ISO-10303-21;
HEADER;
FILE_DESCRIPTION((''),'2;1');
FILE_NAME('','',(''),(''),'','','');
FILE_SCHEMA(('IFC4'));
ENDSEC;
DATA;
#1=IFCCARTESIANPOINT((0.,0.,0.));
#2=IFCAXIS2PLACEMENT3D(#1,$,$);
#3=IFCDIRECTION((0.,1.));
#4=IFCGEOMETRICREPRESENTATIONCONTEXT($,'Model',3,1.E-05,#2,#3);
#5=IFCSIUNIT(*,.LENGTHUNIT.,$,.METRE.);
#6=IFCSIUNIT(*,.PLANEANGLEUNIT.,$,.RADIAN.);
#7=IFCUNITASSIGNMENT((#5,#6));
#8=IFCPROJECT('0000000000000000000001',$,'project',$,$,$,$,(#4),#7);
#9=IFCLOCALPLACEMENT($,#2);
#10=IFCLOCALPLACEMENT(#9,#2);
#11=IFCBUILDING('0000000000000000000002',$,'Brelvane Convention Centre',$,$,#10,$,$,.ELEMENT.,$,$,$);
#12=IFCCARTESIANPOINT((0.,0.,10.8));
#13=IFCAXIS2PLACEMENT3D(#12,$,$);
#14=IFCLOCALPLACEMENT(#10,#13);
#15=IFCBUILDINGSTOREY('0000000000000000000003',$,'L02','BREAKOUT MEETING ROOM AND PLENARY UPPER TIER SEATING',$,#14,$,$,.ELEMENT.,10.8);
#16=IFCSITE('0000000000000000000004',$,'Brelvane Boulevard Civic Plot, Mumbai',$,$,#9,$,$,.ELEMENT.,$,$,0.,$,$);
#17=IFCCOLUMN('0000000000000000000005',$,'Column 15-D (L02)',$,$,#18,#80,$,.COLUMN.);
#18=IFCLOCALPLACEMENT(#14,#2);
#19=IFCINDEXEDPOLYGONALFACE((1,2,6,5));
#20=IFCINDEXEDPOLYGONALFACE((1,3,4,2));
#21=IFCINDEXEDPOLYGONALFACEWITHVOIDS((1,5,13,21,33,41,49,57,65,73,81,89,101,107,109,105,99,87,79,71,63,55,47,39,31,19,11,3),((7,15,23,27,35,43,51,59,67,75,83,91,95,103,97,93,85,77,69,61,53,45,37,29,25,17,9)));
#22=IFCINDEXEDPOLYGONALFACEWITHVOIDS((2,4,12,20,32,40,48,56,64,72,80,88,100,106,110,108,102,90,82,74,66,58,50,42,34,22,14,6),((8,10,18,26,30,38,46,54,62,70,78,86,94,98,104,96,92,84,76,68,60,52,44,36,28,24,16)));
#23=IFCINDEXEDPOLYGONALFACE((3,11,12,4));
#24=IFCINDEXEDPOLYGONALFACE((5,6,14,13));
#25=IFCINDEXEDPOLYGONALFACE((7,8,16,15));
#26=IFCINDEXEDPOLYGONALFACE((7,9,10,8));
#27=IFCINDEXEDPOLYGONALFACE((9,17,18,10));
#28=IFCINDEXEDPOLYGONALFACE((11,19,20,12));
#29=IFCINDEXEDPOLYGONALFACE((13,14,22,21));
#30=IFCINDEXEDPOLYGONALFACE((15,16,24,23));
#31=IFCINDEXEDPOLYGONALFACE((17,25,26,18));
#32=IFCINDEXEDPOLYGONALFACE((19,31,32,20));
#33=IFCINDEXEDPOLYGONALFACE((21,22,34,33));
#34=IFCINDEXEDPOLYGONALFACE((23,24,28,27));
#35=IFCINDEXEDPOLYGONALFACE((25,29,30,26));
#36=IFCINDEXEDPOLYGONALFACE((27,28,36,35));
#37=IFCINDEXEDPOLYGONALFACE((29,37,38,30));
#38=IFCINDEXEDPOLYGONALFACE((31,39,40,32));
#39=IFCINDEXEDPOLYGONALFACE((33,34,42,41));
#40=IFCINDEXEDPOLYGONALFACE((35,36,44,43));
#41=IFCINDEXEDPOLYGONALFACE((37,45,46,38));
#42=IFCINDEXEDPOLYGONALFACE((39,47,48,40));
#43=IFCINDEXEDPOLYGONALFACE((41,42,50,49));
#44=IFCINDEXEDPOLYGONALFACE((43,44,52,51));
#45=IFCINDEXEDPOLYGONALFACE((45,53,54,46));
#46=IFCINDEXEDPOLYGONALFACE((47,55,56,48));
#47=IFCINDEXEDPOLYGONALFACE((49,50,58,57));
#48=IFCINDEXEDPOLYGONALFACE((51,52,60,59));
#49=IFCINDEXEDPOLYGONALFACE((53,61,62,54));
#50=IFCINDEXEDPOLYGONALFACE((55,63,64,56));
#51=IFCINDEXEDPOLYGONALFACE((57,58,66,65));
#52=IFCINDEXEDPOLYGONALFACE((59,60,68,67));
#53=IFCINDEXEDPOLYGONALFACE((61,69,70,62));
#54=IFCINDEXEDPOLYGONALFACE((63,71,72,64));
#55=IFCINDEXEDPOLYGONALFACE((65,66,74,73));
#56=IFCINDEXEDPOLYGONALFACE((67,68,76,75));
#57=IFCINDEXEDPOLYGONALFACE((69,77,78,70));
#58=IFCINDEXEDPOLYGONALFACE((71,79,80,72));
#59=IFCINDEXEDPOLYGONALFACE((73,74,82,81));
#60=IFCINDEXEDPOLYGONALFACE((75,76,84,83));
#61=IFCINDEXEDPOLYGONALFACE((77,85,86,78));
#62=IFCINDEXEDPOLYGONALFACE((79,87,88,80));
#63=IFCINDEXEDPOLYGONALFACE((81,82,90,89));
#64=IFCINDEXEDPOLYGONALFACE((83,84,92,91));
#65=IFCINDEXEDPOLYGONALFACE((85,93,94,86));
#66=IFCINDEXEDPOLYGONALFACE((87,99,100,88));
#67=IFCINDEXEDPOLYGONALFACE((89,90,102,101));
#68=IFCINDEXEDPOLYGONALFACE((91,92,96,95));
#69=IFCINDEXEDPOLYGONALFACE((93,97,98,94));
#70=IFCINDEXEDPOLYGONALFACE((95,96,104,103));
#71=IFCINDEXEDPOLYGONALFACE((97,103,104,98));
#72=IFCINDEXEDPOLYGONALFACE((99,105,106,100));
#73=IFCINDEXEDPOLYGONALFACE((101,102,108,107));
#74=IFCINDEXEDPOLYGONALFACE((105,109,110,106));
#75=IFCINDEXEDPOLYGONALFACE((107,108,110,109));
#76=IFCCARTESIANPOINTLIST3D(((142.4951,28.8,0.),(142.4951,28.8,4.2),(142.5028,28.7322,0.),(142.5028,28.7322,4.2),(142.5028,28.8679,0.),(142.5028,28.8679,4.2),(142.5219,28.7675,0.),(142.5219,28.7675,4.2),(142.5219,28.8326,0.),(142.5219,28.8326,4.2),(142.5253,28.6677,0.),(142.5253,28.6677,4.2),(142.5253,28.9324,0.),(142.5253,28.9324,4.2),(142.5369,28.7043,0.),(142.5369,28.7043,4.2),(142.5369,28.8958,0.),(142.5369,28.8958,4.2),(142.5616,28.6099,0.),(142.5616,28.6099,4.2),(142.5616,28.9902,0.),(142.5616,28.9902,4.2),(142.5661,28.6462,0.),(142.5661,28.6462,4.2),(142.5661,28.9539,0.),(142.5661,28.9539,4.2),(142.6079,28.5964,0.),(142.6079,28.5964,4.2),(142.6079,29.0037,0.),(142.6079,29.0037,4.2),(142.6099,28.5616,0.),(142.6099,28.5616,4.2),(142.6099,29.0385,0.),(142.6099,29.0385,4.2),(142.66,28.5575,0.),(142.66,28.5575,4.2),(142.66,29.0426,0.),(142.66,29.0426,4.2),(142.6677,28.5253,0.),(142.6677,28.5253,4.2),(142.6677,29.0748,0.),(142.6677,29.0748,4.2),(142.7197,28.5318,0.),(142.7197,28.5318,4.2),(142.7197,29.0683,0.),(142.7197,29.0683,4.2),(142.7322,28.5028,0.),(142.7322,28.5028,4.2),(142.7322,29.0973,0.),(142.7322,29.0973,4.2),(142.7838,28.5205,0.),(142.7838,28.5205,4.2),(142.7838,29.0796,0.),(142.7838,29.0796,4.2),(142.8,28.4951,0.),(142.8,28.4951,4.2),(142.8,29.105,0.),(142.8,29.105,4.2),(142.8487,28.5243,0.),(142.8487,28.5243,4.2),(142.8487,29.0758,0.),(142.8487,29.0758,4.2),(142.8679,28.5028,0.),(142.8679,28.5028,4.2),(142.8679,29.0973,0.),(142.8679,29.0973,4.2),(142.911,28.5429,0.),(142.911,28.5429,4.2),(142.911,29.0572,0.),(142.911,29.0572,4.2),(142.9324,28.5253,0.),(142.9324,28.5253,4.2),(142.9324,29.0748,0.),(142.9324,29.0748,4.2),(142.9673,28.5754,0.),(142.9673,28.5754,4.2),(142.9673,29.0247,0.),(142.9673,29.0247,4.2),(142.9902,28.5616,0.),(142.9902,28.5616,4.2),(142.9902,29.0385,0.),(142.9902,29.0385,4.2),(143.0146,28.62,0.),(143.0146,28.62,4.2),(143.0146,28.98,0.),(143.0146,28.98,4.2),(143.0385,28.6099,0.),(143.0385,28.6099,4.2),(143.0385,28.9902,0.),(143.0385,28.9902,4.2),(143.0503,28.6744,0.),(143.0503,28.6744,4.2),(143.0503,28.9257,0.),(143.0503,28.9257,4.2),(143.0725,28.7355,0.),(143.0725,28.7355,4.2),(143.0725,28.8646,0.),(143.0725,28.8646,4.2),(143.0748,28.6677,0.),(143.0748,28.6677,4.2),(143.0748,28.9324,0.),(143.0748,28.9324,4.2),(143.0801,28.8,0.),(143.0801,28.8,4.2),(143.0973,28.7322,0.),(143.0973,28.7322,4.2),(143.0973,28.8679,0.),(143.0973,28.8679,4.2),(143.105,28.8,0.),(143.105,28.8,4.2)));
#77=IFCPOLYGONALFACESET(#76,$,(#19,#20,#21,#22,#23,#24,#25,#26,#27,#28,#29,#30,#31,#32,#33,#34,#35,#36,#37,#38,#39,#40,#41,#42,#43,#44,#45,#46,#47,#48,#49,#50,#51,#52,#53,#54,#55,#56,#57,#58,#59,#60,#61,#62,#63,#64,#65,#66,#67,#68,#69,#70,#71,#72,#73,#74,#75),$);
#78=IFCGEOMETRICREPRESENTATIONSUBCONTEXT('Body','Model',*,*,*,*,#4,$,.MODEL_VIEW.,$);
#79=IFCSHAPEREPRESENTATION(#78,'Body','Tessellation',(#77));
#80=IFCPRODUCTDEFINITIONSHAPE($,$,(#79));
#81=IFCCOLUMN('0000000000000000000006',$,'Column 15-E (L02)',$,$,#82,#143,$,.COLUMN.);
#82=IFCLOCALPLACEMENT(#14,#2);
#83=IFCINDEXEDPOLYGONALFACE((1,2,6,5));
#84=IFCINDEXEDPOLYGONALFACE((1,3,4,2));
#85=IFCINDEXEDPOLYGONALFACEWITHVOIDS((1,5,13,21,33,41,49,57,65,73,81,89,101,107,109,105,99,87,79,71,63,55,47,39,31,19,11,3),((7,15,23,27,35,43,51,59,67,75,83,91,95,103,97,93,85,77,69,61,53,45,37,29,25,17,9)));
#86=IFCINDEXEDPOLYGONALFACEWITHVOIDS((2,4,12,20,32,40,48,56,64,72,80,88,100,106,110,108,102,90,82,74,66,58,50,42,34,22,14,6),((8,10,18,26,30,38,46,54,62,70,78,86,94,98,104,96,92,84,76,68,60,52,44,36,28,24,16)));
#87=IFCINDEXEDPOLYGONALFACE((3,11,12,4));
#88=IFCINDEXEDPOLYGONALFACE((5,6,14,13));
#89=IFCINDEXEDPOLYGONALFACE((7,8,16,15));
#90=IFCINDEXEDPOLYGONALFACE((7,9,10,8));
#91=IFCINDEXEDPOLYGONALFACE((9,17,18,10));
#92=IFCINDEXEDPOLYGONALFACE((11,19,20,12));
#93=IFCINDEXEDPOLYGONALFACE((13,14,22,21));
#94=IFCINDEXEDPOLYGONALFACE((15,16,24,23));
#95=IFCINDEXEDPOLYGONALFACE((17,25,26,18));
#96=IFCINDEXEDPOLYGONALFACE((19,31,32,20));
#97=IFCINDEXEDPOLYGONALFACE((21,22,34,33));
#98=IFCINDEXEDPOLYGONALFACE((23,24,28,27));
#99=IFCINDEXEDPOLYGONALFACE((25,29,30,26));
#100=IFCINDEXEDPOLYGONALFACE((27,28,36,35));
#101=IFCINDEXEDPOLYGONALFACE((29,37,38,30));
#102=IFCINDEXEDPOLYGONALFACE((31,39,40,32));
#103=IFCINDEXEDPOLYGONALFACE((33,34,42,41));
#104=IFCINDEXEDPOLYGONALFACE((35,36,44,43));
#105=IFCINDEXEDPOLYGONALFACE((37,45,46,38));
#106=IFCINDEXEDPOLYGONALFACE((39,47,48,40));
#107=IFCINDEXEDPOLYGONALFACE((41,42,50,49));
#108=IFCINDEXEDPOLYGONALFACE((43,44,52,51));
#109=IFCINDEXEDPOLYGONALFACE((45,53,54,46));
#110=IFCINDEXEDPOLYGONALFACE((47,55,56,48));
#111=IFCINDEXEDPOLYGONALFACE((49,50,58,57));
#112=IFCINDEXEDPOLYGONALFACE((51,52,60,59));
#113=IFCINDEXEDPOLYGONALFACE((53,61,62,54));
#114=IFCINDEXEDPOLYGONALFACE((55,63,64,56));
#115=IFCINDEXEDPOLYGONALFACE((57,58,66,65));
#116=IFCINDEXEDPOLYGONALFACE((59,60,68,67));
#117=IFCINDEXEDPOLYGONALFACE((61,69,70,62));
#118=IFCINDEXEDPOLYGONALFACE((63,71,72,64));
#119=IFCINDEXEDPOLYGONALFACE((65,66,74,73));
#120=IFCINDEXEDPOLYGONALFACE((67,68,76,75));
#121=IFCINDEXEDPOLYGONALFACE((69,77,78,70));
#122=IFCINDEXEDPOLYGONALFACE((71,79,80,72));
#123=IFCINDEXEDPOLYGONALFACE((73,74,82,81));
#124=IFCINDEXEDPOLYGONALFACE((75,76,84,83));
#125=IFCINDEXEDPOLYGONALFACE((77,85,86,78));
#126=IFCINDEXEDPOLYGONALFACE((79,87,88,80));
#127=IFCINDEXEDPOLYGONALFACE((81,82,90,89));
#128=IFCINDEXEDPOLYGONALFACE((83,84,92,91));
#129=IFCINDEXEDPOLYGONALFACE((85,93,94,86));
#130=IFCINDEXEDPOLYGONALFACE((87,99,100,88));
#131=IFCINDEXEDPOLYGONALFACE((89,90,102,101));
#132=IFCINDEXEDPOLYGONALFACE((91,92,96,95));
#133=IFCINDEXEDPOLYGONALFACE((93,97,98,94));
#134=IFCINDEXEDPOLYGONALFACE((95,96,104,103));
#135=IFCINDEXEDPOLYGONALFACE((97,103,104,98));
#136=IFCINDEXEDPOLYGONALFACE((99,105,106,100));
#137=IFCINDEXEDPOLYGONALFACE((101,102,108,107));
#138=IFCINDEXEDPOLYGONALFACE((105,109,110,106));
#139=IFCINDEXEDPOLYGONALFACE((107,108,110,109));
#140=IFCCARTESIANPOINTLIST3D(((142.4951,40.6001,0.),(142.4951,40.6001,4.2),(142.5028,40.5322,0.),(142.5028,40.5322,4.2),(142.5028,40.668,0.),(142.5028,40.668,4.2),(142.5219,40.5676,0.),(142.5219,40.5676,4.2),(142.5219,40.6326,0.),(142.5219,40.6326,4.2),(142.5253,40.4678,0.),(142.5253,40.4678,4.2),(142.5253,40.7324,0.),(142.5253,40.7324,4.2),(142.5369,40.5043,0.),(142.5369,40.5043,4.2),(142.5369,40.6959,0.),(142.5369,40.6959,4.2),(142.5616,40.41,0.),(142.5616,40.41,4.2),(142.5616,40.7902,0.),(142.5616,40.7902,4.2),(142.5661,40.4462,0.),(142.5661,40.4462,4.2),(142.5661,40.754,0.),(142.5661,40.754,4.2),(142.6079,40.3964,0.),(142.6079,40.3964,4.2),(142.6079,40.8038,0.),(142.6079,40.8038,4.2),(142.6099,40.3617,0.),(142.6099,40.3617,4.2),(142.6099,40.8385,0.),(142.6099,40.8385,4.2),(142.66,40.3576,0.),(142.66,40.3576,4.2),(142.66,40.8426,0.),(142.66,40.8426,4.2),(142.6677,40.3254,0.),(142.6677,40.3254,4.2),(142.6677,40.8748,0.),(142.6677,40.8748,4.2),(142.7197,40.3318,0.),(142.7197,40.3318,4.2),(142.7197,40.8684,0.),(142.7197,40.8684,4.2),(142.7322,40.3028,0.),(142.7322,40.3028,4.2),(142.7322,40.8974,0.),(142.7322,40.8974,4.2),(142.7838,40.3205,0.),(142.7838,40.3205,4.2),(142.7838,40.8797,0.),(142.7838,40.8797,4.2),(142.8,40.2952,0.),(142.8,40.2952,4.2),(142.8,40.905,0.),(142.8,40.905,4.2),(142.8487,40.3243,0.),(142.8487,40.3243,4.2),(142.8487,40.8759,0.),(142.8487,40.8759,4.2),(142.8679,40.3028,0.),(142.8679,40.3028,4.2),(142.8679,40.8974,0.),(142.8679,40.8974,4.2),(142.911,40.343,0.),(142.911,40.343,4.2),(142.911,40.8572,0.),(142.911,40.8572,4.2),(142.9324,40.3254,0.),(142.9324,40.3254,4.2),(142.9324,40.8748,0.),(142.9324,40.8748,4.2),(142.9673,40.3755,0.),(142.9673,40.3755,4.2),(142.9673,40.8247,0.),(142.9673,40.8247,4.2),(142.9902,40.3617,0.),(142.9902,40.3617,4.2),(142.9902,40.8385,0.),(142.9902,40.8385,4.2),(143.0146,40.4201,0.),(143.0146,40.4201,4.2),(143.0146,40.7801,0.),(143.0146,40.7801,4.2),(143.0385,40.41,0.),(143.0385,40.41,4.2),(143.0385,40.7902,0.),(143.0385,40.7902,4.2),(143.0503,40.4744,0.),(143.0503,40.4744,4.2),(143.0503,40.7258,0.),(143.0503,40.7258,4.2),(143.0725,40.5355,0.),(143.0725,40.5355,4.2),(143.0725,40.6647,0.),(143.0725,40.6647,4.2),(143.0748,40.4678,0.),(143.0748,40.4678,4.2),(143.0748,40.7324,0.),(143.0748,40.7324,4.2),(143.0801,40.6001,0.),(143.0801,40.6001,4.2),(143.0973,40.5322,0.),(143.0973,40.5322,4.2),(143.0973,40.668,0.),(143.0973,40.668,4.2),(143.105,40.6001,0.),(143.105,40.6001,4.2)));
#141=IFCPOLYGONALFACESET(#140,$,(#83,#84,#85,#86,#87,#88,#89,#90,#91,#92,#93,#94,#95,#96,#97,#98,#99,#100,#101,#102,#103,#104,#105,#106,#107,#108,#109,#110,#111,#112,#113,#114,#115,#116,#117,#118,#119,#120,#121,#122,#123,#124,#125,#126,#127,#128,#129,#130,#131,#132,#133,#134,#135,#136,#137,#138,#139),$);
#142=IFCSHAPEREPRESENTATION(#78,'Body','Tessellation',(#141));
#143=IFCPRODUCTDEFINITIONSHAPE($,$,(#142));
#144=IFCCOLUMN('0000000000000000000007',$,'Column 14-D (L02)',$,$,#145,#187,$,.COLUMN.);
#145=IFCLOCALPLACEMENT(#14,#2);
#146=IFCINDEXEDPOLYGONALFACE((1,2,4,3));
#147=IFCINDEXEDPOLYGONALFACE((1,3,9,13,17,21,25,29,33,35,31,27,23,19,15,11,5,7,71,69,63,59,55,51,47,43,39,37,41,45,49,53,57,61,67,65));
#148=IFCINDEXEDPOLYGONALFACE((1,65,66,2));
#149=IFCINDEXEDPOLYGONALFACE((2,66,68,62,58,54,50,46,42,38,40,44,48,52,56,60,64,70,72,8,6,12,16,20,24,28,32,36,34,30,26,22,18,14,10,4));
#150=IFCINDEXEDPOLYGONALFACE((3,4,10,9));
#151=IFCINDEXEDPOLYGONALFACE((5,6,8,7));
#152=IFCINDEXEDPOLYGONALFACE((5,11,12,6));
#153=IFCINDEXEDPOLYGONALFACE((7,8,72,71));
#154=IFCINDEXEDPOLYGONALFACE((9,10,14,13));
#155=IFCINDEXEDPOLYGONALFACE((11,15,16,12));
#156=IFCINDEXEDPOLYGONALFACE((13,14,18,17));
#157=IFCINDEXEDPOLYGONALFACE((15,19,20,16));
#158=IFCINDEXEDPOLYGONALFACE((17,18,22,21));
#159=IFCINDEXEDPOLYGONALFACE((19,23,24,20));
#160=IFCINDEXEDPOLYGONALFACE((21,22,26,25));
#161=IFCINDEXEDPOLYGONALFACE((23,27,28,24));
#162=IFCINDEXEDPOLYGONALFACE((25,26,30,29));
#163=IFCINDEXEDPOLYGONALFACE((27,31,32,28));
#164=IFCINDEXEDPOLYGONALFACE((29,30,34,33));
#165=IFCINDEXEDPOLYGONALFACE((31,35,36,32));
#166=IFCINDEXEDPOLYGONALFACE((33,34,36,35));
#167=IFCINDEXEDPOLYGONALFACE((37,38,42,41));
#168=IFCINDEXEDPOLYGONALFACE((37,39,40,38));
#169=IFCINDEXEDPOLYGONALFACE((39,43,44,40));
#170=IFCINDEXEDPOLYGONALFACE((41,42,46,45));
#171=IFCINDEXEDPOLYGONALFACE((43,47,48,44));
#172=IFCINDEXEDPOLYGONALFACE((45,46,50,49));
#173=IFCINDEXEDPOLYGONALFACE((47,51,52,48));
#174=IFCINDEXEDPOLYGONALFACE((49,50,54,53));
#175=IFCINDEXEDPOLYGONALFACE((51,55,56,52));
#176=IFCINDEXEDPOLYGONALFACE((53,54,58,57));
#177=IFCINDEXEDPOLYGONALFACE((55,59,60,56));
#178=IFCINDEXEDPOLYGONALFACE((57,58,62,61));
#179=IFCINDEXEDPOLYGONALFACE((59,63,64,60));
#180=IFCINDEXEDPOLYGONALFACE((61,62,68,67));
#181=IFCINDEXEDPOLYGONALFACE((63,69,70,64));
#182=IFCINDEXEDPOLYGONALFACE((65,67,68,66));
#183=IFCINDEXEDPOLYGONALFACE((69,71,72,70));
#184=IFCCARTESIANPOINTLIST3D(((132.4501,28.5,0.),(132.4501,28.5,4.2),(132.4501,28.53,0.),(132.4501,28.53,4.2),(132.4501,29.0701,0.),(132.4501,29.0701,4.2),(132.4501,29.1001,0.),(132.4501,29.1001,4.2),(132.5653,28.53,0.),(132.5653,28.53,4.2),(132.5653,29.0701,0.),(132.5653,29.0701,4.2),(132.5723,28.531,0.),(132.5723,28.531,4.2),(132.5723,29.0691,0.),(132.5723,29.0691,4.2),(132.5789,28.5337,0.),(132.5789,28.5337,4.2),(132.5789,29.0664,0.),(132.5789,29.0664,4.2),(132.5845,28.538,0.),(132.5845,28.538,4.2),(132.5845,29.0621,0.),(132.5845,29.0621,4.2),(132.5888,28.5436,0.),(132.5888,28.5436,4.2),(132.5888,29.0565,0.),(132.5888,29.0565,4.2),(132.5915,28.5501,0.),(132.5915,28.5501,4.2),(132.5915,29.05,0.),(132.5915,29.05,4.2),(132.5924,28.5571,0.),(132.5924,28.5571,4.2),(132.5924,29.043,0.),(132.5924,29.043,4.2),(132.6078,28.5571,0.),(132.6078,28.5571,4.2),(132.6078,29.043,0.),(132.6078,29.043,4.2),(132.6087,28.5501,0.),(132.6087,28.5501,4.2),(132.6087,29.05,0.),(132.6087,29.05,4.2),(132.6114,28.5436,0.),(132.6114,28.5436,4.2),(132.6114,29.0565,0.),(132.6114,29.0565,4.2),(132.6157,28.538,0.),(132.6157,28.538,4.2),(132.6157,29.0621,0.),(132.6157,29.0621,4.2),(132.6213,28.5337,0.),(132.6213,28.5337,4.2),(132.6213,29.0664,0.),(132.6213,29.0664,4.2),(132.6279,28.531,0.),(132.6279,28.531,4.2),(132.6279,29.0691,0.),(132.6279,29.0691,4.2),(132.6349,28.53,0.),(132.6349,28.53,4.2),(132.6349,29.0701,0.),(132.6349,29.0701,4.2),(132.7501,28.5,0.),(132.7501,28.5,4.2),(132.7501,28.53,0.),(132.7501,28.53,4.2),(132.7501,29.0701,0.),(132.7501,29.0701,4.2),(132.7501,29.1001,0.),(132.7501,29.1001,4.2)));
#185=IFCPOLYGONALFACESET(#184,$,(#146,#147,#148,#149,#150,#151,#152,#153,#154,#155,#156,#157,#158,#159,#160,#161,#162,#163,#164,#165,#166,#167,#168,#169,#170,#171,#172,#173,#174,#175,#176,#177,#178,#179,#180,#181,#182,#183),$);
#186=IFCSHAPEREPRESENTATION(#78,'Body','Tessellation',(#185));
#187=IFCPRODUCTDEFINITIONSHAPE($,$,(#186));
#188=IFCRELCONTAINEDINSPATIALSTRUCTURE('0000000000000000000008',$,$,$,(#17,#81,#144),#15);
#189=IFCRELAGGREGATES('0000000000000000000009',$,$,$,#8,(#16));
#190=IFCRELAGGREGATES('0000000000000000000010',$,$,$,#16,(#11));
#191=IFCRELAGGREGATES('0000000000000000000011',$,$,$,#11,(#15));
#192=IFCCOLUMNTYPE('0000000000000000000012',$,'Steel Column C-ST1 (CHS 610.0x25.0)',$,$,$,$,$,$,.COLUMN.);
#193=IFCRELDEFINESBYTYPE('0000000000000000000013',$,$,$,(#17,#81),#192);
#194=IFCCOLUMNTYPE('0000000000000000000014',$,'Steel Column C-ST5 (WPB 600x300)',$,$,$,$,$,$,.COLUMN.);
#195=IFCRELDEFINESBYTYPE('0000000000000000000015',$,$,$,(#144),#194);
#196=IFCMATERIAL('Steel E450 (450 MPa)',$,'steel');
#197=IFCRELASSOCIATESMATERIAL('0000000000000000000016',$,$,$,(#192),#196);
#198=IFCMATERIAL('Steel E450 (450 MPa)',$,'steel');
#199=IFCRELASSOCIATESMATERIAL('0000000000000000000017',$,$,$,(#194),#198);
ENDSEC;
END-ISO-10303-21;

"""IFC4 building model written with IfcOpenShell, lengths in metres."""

from ifc_helpers import new_model, si_unit, direction, frame, origin, origin_2d, place, context, subcontext, project, spatial, hollow_circle, i_section, extrude, material, material_profile, profile_set, type_object, element, save


model = new_model("IFC4")

# Units and contexts
model_context = context("Model", 3, precision=1e-05, world=origin(), true_north=direction((0.0, 1.0)))
body_context = subcontext(model_context, "Body", "Model", "MODEL_VIEW")
ifc_project = project(units=[si_unit("LENGTHUNIT", "METRE"), si_unit("PLANEANGLEUNIT", "RADIAN")], contexts=[model_context])

# Site, building, storey
site_placement = place(None, origin())
site = spatial("IfcSite", under=ifc_project, at=site_placement, Name="Brelvane Boulevard Civic Plot, Mumbai", CompositionType="ELEMENT", RefElevation=0.0)
building_placement = place(site_placement, origin())
building = spatial("IfcBuilding", under=site, at=building_placement, Name="Brelvane Convention Centre", CompositionType="ELEMENT")
storey_placement = place(building_placement, frame((0.0, 0.0, 10.8)))
storey = spatial("IfcBuildingStorey", under=building, at=storey_placement, Name="L02", Description="BREAKOUT MEETING ROOM AND PLENARY UPPER TIER SEATING", CompositionType="ELEMENT", Elevation=10.8)

# Columns
ifc_material_1 = material(Name="Steel E450 (450 MPa)", Category="steel")
ifc_material_profile_1 = material_profile(ifc_material_1, hollow_circle(Radius=0.3049, WallThickness=0.0249, at=origin_2d()), Name="CHS 610.0x25.0")
ifc_profile_set_1 = profile_set([ifc_material_profile_1], Name="Steel E450 (450 MPa)")
column_type_1 = type_object("IfcColumnType", Name="Steel Column C-ST1 (CHS 610.0x25.0)", PredefinedType="COLUMN", material=ifc_profile_set_1)
for number, where, z_axis, x_axis, name in (
    (1, (142.8, 28.8, 0.0), (0.0, 0.0, 1.0), (1.0, 0.0, 0.0), "Column 15-D (L02)"),
    (2, (142.8, 40.6001, 0.0), (0.0, 0.0, 1.0), (1.0, 0.0, 0.0), "Column 15-E (L02)"),
):
    element("IfcColumn", number, at=place(storey_placement, frame(where, z_axis=z_axis, x_axis=x_axis)), inside=storey, type_object=column_type_1, Name=name, PredefinedType="COLUMN", context=body_context, shape_type="SweptSolid", body=[
        extrude(hollow_circle(Radius=0.3049, WallThickness=0.0249, at=origin_2d()), origin(), (0.0, 0.0, 1.0), 4.2),
    ])
ifc_material_2 = material(Name="Steel E450 (450 MPa)", Category="steel")
ifc_material_profile_2 = material_profile(ifc_material_2, i_section(OverallWidth=0.3, OverallDepth=0.6001, WebThickness=0.0154, FlangeThickness=0.03, FilletRadius=0.0271, at=origin_2d()), Name="WPB 600x300")
ifc_profile_set_2 = profile_set([ifc_material_profile_2], Name="Steel E450 (450 MPa)")
column_type_2 = type_object("IfcColumnType", Name="Steel Column C-ST5 (WPB 600x300)", PredefinedType="COLUMN", material=ifc_profile_set_2)
column_placement = place(storey_placement, frame((132.6001, 28.8, 0.0), z_axis=(0.0, 0.0, 1.0), x_axis=(1.0, 0.0, 0.0)))
element("IfcColumn", 3, at=column_placement, inside=storey, type_object=column_type_2, Name="Column 14-D (L02)", PredefinedType="COLUMN", context=body_context, shape_type="SweptSolid", body=[
    extrude(i_section(OverallWidth=0.3, OverallDepth=0.6001, WebThickness=0.0154, FlangeThickness=0.03, FilletRadius=0.0271, at=origin_2d()), origin(), (0.0, 0.0, 1.0), 4.2),
])

save(model, "model.ifc")
